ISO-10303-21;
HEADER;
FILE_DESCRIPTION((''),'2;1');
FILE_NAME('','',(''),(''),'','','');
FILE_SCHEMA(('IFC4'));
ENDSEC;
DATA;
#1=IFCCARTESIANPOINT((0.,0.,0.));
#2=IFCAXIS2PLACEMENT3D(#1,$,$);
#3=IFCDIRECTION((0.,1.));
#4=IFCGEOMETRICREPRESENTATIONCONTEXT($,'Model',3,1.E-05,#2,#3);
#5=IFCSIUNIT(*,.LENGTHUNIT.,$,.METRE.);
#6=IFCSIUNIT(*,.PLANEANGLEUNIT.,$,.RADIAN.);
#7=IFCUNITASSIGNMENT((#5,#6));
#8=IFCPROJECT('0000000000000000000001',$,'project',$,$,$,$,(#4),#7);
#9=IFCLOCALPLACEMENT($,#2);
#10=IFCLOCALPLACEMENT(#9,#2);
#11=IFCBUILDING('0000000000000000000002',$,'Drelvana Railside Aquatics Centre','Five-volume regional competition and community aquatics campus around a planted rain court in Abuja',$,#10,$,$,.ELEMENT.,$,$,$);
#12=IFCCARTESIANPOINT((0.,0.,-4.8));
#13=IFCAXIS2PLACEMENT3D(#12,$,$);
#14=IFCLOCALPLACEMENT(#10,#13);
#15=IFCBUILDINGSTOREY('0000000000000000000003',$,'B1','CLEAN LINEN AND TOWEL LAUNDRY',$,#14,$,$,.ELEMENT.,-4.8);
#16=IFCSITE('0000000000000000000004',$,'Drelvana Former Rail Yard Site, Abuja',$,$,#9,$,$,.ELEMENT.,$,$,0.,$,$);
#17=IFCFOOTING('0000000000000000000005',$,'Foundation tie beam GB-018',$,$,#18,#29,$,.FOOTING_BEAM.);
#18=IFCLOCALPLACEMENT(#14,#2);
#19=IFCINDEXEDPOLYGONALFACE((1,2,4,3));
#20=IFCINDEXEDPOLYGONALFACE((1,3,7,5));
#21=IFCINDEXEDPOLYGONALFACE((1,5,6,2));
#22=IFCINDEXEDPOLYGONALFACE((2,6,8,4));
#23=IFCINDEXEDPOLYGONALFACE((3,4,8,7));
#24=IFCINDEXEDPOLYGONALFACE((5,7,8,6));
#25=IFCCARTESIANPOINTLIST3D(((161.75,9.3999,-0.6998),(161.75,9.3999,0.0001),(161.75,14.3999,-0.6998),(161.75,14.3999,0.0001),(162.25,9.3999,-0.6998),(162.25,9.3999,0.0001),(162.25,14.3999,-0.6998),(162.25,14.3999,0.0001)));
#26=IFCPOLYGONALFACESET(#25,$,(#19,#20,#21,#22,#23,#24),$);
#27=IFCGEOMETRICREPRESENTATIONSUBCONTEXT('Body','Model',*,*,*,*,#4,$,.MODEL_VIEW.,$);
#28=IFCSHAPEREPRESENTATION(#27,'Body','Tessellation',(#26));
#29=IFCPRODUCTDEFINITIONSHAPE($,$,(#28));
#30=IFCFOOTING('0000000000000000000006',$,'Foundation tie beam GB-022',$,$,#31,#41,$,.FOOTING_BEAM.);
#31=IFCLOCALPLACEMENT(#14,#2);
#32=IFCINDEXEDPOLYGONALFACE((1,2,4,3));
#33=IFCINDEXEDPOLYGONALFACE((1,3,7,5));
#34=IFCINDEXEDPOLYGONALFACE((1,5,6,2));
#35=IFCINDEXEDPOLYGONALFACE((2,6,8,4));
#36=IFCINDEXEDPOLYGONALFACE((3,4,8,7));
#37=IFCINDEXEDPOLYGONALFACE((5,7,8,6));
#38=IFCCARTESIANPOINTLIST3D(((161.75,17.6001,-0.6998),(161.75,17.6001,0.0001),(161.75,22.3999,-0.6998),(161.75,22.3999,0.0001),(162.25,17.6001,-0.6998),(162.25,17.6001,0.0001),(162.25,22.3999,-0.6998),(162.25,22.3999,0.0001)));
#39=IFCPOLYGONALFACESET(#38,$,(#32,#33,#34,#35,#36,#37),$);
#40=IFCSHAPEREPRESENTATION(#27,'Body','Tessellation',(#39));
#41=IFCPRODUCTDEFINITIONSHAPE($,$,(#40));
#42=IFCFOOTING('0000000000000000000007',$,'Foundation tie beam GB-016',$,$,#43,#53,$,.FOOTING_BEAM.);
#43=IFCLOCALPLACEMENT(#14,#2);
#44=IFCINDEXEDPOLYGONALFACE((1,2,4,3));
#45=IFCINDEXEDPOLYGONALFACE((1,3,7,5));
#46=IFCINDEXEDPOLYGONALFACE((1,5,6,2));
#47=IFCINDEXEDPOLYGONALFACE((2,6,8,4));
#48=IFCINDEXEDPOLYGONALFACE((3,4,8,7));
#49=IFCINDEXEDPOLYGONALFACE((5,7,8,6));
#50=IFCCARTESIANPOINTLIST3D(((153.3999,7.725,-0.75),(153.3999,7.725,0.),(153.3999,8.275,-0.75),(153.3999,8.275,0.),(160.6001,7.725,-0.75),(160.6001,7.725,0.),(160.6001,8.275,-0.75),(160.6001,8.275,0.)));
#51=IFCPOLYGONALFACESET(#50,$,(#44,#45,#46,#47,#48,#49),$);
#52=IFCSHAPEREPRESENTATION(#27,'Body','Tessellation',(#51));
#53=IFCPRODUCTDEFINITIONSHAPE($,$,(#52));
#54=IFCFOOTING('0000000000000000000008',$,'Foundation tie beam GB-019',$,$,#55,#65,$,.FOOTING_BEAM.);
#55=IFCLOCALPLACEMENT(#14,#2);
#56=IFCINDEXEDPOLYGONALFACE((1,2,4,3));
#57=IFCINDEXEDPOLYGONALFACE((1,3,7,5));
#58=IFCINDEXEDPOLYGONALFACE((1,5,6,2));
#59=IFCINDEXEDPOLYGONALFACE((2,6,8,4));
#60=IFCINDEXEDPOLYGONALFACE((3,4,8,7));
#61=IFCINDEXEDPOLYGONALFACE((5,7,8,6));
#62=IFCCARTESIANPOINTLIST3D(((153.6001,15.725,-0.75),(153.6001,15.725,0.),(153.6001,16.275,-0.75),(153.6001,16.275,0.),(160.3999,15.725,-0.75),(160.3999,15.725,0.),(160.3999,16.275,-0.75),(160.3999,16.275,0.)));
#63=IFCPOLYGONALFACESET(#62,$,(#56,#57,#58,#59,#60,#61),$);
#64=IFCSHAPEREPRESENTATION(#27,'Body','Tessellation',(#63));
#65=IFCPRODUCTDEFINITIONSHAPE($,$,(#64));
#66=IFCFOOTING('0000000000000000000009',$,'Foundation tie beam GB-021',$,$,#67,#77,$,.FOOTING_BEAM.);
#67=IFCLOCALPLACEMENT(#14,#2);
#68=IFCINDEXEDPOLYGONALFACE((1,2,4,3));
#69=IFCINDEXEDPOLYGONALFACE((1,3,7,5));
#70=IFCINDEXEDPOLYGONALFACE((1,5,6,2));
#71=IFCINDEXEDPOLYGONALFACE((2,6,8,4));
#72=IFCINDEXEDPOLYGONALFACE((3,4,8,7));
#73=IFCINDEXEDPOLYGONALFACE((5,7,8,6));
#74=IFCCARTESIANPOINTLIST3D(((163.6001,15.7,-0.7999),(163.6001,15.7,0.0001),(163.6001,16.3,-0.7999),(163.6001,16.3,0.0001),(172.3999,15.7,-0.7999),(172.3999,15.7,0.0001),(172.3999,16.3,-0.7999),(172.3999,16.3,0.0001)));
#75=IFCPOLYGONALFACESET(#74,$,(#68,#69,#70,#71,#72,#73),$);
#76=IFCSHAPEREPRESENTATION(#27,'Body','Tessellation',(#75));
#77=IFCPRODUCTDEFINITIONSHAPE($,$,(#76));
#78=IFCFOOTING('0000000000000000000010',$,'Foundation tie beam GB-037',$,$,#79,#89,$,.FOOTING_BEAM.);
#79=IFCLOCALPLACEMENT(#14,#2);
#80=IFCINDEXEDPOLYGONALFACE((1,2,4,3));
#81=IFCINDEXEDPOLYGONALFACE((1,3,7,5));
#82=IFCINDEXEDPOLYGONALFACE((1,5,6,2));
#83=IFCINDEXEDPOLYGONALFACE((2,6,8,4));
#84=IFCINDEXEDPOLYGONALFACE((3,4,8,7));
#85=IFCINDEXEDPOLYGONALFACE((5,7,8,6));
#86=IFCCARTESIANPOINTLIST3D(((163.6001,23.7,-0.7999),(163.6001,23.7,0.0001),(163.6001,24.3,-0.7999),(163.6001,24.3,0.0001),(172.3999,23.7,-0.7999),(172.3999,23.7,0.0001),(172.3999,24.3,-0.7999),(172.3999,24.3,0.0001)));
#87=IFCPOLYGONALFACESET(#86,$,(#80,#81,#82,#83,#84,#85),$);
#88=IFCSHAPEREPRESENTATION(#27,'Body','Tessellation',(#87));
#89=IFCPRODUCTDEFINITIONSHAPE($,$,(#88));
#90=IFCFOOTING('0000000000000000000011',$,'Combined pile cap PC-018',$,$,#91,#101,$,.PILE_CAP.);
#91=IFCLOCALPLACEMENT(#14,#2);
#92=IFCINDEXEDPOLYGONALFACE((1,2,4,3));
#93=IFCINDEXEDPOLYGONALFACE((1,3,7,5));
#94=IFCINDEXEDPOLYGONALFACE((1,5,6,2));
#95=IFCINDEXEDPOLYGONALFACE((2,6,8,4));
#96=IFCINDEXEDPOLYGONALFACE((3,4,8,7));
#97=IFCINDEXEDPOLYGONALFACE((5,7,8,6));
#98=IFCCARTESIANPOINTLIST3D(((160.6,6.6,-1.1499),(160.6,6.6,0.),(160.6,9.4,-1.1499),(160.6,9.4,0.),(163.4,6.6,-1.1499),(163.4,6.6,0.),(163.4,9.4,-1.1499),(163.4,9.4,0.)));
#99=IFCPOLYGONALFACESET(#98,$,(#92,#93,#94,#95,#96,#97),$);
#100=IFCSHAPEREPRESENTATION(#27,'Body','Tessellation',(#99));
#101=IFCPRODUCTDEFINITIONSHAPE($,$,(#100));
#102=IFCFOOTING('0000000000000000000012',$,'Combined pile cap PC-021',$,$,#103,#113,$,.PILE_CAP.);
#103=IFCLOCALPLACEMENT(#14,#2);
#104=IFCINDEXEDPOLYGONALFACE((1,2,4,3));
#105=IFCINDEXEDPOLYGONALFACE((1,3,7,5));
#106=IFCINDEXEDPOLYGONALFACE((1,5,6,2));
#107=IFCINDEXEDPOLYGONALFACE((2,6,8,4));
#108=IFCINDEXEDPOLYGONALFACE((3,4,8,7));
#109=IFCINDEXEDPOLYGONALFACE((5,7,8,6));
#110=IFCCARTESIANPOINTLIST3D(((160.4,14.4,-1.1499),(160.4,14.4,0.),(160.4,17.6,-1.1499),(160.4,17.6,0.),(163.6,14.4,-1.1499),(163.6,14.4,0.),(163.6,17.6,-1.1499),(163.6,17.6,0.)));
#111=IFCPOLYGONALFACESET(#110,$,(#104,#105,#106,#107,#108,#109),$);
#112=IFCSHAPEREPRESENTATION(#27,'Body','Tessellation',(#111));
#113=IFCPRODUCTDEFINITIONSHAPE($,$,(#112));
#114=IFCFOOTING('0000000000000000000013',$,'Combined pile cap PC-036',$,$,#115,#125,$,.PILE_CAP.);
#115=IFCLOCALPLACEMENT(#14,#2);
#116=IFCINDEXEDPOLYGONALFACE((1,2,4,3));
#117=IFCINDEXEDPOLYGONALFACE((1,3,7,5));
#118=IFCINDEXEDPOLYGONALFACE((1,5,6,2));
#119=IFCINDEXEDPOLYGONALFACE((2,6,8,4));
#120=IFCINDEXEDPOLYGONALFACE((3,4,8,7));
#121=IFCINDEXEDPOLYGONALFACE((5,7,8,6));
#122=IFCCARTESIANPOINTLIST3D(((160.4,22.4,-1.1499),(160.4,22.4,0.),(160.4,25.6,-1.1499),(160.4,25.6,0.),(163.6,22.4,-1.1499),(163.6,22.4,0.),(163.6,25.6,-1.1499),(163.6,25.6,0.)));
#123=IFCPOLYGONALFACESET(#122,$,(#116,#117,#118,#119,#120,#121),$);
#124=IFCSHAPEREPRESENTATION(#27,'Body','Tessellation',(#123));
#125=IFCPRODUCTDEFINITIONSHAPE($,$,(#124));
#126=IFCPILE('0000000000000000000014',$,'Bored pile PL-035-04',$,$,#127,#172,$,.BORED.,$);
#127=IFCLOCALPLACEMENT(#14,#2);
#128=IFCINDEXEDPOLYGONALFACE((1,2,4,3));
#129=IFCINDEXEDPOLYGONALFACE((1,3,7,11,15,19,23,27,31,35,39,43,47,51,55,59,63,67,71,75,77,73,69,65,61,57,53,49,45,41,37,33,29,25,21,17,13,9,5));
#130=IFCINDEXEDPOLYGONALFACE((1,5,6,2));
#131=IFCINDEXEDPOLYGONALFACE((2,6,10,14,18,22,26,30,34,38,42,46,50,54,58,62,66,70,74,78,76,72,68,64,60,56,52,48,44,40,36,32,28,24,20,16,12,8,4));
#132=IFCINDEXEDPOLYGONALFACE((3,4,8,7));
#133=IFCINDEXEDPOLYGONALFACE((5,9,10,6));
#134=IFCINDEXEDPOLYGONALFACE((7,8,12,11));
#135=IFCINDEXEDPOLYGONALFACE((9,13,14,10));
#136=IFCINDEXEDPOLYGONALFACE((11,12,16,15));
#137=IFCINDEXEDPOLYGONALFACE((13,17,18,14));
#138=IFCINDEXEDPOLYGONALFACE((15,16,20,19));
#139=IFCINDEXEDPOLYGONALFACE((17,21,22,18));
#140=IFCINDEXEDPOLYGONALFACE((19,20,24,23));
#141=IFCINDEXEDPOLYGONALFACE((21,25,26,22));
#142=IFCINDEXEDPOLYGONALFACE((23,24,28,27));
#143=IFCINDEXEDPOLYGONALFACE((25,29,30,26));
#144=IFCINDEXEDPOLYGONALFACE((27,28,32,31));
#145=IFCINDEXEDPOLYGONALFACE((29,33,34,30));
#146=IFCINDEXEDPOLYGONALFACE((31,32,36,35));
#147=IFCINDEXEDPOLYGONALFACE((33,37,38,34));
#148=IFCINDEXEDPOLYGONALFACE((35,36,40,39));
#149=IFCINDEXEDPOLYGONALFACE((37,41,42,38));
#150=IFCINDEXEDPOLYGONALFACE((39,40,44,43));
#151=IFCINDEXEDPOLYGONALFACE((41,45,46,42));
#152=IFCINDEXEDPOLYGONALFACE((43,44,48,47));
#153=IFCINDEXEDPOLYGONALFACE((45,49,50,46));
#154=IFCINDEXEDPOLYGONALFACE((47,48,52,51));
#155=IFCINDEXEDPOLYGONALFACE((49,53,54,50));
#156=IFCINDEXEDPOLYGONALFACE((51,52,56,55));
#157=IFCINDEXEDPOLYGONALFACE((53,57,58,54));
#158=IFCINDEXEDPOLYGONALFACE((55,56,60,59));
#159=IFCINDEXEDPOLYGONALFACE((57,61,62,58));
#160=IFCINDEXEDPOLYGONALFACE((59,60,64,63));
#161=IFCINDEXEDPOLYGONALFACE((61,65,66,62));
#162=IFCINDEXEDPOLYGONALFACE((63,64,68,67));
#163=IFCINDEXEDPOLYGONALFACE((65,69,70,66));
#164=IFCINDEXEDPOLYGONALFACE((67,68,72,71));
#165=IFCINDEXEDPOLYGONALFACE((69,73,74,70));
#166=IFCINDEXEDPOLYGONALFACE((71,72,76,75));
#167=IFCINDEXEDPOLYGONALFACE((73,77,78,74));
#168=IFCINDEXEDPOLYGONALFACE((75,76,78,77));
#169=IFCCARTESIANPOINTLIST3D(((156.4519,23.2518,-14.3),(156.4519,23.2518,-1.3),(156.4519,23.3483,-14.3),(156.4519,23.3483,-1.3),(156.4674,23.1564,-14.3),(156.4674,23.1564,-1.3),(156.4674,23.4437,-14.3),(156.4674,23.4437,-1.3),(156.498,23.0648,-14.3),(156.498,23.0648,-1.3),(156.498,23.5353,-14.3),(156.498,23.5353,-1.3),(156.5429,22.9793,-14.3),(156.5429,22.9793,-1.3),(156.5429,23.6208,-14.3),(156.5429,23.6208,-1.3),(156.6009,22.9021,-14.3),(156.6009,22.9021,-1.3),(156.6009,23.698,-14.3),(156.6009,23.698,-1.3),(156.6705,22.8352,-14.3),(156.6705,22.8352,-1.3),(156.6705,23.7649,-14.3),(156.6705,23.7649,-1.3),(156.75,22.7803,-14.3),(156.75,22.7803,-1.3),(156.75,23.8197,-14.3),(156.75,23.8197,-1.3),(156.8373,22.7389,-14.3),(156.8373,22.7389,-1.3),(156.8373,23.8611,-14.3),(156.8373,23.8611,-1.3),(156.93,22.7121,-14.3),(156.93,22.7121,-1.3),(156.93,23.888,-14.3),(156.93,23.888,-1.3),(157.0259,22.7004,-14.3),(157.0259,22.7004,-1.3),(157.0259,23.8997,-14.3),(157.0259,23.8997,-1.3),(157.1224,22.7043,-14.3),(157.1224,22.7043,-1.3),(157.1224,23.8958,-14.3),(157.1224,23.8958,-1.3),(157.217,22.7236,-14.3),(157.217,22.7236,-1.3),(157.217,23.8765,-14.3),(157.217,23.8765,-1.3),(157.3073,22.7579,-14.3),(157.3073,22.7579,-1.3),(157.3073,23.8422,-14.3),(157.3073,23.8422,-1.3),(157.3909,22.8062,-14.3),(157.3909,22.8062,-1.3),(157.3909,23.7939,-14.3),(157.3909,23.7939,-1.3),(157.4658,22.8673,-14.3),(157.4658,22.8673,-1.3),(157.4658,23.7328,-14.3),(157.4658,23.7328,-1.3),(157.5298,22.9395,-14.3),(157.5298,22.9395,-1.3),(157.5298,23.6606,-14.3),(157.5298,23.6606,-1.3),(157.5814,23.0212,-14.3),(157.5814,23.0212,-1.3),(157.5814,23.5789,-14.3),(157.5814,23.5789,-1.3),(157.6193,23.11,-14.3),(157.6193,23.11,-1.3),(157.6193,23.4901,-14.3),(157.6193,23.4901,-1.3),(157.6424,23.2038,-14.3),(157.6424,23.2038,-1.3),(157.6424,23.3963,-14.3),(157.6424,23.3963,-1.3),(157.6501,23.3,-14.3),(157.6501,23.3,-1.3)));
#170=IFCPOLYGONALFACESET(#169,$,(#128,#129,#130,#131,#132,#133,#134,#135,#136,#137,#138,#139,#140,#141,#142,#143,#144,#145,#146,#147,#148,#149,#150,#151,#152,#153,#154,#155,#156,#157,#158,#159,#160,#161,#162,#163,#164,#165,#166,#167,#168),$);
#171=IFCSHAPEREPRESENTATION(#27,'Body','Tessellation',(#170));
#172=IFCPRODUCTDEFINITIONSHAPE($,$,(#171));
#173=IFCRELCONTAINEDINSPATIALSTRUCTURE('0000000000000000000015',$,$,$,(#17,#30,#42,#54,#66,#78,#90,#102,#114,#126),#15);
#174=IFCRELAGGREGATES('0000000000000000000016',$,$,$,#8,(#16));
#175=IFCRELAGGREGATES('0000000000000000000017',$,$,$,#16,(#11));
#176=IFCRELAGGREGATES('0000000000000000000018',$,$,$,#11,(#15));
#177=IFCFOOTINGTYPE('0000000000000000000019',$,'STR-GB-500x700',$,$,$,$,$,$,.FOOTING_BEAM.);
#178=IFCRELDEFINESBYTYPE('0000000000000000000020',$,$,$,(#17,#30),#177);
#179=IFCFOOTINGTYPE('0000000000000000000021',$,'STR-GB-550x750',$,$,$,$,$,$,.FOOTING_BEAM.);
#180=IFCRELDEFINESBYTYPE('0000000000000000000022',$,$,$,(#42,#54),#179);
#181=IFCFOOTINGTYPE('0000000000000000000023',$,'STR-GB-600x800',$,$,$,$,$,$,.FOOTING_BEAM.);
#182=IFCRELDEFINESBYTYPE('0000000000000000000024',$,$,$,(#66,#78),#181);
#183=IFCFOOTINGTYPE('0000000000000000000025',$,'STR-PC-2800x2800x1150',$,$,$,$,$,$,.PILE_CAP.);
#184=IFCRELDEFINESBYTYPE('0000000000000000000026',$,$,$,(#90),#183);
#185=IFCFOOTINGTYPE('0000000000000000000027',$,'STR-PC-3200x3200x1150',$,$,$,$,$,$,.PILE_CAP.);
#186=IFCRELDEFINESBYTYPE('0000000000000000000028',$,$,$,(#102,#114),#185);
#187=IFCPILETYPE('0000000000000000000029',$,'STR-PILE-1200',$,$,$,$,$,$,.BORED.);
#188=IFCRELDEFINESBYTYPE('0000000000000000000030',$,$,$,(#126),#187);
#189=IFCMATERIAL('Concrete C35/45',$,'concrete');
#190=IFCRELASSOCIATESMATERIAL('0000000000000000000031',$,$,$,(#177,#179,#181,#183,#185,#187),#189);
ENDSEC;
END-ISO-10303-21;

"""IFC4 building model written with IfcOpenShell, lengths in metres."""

from ifc_helpers import new_model, si_unit, direction, frame, origin, origin_2d, place, context, subcontext, project, spatial, rectangle, circle, extrude, material, material_profile, profile_set, type_object, element, save


model = new_model("IFC4")

# Units and contexts
model_context = context("Model", 3, precision=1e-05, world=origin(), true_north=direction((0.0, 1.0)))
body_context = subcontext(model_context, "Body", "Model", "MODEL_VIEW")
ifc_project = project(units=[si_unit("LENGTHUNIT", "METRE"), si_unit("PLANEANGLEUNIT", "RADIAN")], contexts=[model_context])

# Site, building, storey
site_placement = place(None, origin())
site = spatial("IfcSite", under=ifc_project, at=site_placement, Name="Drelvana Former Rail Yard Site, Abuja", CompositionType="ELEMENT", RefElevation=0.0)
building_placement = place(site_placement, origin())
building = spatial("IfcBuilding", under=site, at=building_placement, Name="Drelvana Railside Aquatics Centre", Description="Five-volume regional competition and community aquatics campus around a planted rain court in Abuja", CompositionType="ELEMENT")
storey_placement = place(building_placement, frame((0.0, 0.0, -4.8)))
storey = spatial("IfcBuildingStorey", under=building, at=storey_placement, Name="B1", Description="CLEAN LINEN AND TOWEL LAUNDRY", CompositionType="ELEMENT", Elevation=-4.8)

# Footings
ifc_material_1 = material(Name="Concrete C35/45", Category="concrete")
ifc_material_profile_1 = material_profile(ifc_material_1, rectangle(XDim=0.5, YDim=0.7, at=origin_2d()), Name="GB 500x700")
ifc_profile_set_1 = profile_set([ifc_material_profile_1], Name="Concrete C35/45")
footing_type_1 = type_object("IfcFootingType", Name="STR-GB-500x700", PredefinedType="FOOTING_BEAM", material=ifc_profile_set_1)
footing_1_placement = place(storey_placement, frame((162.0, 9.3999, -0.3499), z_axis=(0.0, 1.0, 0.0), x_axis=(-1.0, 0.0, 0.0)))
element("IfcFooting", 1, at=footing_1_placement, inside=storey, type_object=footing_type_1, Name="Foundation tie beam GB-018", PredefinedType="FOOTING_BEAM", context=body_context, shape_type="SweptSolid", body=[
    extrude(rectangle(XDim=0.5, YDim=0.7, at=origin_2d()), origin(), (0.0, 0.0, 1.0), 5.0),
])
footing_2_placement = place(storey_placement, frame((162.0, 17.6001, -0.3499), z_axis=(0.0, 1.0, 0.0), x_axis=(-1.0, 0.0, 0.0)))
element("IfcFooting", 2, at=footing_2_placement, inside=storey, type_object=footing_type_1, Name="Foundation tie beam GB-022", PredefinedType="FOOTING_BEAM", context=body_context, shape_type="SweptSolid", body=[
    extrude(rectangle(XDim=0.5, YDim=0.7, at=origin_2d()), origin(), (0.0, 0.0, 1.0), 4.7998),
])
ifc_material_profile_2 = material_profile(ifc_material_1, rectangle(XDim=0.55, YDim=0.75, at=origin_2d()), Name="GB 550x750")
ifc_profile_set_2 = profile_set([ifc_material_profile_2], Name="Concrete C35/45")
footing_type_2 = type_object("IfcFootingType", Name="STR-GB-550x750", PredefinedType="FOOTING_BEAM", material=ifc_profile_set_2)
footing_3_placement = place(storey_placement, frame((153.3999, 8.0, -0.375), z_axis=(1.0, 0.0, 0.0), x_axis=(0.0, 1.0, 0.0)))
element("IfcFooting", 3, at=footing_3_placement, inside=storey, type_object=footing_type_2, Name="Foundation tie beam GB-016", PredefinedType="FOOTING_BEAM", context=body_context, shape_type="SweptSolid", body=[
    extrude(rectangle(XDim=0.55, YDim=0.75, at=origin_2d()), origin(), (0.0, 0.0, 1.0), 7.2002),
])
footing_4_placement = place(storey_placement, frame((153.6001, 16.0, -0.375), z_axis=(1.0, 0.0, 0.0), x_axis=(0.0, 1.0, 0.0)))
element("IfcFooting", 4, at=footing_4_placement, inside=storey, type_object=footing_type_2, Name="Foundation tie beam GB-019", PredefinedType="FOOTING_BEAM", context=body_context, shape_type="SweptSolid", body=[
    extrude(rectangle(XDim=0.55, YDim=0.75, at=origin_2d()), origin(), (0.0, 0.0, 1.0), 6.7998),
])
ifc_material_profile_3 = material_profile(ifc_material_1, rectangle(XDim=0.6001, YDim=0.8, at=origin_2d()), Name="GB 600x800")
ifc_profile_set_3 = profile_set([ifc_material_profile_3], Name="Concrete C35/45")
footing_type_3 = type_object("IfcFootingType", Name="STR-GB-600x800", PredefinedType="FOOTING_BEAM", material=ifc_profile_set_3)
for number, where, z_axis, x_axis, name in (
    (5, (163.6001, 16.0, -0.3999), (1.0, 0.0, 0.0), (0.0, 1.0, 0.0), "Foundation tie beam GB-021"),
    (6, (163.6001, 24.0, -0.3999), (1.0, 0.0, 0.0), (0.0, 1.0, 0.0), "Foundation tie beam GB-037"),
):
    element("IfcFooting", number, at=place(storey_placement, frame(where, z_axis=z_axis, x_axis=x_axis)), inside=storey, type_object=footing_type_3, Name=name, PredefinedType="FOOTING_BEAM", context=body_context, shape_type="SweptSolid", body=[
        extrude(rectangle(XDim=0.6001, YDim=0.8, at=origin_2d()), origin(), (0.0, 0.0, 1.0), 8.7998),
    ])
footing_type_4 = type_object("IfcFootingType", Name="STR-PC-2800x2800x1150", PredefinedType="PILE_CAP", material=ifc_material_1)
footing_5_placement = place(storey_placement, frame((162.0, 8.0, -1.1499), z_axis=(0.0, 0.0, 1.0), x_axis=(1.0, 0.0, 0.0)))
element("IfcFooting", 7, at=footing_5_placement, inside=storey, type_object=footing_type_4, Name="Combined pile cap PC-018", PredefinedType="PILE_CAP", context=body_context, shape_type="SweptSolid", body=[
    extrude(rectangle(XDim=2.8, YDim=2.8, at=origin_2d()), origin(), (0.0, 0.0, 1.0), 1.1499),
])
footing_type_5 = type_object("IfcFootingType", Name="STR-PC-3200x3200x1150", PredefinedType="PILE_CAP", material=ifc_material_1)
for number, where, z_axis, x_axis, name in (
    (8, (162.0, 16.0, -1.1499), (0.0, 0.0, 1.0), (1.0, 0.0, 0.0), "Combined pile cap PC-021"),
    (9, (162.0, 24.0, -1.1499), (0.0, 0.0, 1.0), (1.0, 0.0, 0.0), "Combined pile cap PC-036"),
):
    element("IfcFooting", number, at=place(storey_placement, frame(where, z_axis=z_axis, x_axis=x_axis)), inside=storey, type_object=footing_type_5, Name=name, PredefinedType="PILE_CAP", context=body_context, shape_type="SweptSolid", body=[
        extrude(rectangle(XDim=3.2, YDim=3.2, at=origin_2d()), origin(), (0.0, 0.0, 1.0), 1.1499),
    ])

# Pile
ifc_material_profile_4 = material_profile(ifc_material_1, circle(Radius=0.6001, at=origin_2d()), Name="PILE D1200")
ifc_profile_set_4 = profile_set([ifc_material_profile_4], Name="Concrete C35/45")
pile_type_1 = type_object("IfcPileType", Name="STR-PILE-1200", PredefinedType="BORED", material=ifc_profile_set_4)
pile_placement = place(storey_placement, frame((157.05, 23.3, -1.3), z_axis=(0.0, 0.0, -1.0), x_axis=(1.0, 0.0, 0.0)))
element("IfcPile", 10, at=pile_placement, inside=storey, type_object=pile_type_1, Name="Bored pile PL-035-04", PredefinedType="BORED", context=body_context, shape_type="SweptSolid", body=[
    extrude(circle(Radius=0.6001, at=origin_2d()), origin(), (0.0, 0.0, 1.0), 13.0),
])

save(model, "model.ifc")
